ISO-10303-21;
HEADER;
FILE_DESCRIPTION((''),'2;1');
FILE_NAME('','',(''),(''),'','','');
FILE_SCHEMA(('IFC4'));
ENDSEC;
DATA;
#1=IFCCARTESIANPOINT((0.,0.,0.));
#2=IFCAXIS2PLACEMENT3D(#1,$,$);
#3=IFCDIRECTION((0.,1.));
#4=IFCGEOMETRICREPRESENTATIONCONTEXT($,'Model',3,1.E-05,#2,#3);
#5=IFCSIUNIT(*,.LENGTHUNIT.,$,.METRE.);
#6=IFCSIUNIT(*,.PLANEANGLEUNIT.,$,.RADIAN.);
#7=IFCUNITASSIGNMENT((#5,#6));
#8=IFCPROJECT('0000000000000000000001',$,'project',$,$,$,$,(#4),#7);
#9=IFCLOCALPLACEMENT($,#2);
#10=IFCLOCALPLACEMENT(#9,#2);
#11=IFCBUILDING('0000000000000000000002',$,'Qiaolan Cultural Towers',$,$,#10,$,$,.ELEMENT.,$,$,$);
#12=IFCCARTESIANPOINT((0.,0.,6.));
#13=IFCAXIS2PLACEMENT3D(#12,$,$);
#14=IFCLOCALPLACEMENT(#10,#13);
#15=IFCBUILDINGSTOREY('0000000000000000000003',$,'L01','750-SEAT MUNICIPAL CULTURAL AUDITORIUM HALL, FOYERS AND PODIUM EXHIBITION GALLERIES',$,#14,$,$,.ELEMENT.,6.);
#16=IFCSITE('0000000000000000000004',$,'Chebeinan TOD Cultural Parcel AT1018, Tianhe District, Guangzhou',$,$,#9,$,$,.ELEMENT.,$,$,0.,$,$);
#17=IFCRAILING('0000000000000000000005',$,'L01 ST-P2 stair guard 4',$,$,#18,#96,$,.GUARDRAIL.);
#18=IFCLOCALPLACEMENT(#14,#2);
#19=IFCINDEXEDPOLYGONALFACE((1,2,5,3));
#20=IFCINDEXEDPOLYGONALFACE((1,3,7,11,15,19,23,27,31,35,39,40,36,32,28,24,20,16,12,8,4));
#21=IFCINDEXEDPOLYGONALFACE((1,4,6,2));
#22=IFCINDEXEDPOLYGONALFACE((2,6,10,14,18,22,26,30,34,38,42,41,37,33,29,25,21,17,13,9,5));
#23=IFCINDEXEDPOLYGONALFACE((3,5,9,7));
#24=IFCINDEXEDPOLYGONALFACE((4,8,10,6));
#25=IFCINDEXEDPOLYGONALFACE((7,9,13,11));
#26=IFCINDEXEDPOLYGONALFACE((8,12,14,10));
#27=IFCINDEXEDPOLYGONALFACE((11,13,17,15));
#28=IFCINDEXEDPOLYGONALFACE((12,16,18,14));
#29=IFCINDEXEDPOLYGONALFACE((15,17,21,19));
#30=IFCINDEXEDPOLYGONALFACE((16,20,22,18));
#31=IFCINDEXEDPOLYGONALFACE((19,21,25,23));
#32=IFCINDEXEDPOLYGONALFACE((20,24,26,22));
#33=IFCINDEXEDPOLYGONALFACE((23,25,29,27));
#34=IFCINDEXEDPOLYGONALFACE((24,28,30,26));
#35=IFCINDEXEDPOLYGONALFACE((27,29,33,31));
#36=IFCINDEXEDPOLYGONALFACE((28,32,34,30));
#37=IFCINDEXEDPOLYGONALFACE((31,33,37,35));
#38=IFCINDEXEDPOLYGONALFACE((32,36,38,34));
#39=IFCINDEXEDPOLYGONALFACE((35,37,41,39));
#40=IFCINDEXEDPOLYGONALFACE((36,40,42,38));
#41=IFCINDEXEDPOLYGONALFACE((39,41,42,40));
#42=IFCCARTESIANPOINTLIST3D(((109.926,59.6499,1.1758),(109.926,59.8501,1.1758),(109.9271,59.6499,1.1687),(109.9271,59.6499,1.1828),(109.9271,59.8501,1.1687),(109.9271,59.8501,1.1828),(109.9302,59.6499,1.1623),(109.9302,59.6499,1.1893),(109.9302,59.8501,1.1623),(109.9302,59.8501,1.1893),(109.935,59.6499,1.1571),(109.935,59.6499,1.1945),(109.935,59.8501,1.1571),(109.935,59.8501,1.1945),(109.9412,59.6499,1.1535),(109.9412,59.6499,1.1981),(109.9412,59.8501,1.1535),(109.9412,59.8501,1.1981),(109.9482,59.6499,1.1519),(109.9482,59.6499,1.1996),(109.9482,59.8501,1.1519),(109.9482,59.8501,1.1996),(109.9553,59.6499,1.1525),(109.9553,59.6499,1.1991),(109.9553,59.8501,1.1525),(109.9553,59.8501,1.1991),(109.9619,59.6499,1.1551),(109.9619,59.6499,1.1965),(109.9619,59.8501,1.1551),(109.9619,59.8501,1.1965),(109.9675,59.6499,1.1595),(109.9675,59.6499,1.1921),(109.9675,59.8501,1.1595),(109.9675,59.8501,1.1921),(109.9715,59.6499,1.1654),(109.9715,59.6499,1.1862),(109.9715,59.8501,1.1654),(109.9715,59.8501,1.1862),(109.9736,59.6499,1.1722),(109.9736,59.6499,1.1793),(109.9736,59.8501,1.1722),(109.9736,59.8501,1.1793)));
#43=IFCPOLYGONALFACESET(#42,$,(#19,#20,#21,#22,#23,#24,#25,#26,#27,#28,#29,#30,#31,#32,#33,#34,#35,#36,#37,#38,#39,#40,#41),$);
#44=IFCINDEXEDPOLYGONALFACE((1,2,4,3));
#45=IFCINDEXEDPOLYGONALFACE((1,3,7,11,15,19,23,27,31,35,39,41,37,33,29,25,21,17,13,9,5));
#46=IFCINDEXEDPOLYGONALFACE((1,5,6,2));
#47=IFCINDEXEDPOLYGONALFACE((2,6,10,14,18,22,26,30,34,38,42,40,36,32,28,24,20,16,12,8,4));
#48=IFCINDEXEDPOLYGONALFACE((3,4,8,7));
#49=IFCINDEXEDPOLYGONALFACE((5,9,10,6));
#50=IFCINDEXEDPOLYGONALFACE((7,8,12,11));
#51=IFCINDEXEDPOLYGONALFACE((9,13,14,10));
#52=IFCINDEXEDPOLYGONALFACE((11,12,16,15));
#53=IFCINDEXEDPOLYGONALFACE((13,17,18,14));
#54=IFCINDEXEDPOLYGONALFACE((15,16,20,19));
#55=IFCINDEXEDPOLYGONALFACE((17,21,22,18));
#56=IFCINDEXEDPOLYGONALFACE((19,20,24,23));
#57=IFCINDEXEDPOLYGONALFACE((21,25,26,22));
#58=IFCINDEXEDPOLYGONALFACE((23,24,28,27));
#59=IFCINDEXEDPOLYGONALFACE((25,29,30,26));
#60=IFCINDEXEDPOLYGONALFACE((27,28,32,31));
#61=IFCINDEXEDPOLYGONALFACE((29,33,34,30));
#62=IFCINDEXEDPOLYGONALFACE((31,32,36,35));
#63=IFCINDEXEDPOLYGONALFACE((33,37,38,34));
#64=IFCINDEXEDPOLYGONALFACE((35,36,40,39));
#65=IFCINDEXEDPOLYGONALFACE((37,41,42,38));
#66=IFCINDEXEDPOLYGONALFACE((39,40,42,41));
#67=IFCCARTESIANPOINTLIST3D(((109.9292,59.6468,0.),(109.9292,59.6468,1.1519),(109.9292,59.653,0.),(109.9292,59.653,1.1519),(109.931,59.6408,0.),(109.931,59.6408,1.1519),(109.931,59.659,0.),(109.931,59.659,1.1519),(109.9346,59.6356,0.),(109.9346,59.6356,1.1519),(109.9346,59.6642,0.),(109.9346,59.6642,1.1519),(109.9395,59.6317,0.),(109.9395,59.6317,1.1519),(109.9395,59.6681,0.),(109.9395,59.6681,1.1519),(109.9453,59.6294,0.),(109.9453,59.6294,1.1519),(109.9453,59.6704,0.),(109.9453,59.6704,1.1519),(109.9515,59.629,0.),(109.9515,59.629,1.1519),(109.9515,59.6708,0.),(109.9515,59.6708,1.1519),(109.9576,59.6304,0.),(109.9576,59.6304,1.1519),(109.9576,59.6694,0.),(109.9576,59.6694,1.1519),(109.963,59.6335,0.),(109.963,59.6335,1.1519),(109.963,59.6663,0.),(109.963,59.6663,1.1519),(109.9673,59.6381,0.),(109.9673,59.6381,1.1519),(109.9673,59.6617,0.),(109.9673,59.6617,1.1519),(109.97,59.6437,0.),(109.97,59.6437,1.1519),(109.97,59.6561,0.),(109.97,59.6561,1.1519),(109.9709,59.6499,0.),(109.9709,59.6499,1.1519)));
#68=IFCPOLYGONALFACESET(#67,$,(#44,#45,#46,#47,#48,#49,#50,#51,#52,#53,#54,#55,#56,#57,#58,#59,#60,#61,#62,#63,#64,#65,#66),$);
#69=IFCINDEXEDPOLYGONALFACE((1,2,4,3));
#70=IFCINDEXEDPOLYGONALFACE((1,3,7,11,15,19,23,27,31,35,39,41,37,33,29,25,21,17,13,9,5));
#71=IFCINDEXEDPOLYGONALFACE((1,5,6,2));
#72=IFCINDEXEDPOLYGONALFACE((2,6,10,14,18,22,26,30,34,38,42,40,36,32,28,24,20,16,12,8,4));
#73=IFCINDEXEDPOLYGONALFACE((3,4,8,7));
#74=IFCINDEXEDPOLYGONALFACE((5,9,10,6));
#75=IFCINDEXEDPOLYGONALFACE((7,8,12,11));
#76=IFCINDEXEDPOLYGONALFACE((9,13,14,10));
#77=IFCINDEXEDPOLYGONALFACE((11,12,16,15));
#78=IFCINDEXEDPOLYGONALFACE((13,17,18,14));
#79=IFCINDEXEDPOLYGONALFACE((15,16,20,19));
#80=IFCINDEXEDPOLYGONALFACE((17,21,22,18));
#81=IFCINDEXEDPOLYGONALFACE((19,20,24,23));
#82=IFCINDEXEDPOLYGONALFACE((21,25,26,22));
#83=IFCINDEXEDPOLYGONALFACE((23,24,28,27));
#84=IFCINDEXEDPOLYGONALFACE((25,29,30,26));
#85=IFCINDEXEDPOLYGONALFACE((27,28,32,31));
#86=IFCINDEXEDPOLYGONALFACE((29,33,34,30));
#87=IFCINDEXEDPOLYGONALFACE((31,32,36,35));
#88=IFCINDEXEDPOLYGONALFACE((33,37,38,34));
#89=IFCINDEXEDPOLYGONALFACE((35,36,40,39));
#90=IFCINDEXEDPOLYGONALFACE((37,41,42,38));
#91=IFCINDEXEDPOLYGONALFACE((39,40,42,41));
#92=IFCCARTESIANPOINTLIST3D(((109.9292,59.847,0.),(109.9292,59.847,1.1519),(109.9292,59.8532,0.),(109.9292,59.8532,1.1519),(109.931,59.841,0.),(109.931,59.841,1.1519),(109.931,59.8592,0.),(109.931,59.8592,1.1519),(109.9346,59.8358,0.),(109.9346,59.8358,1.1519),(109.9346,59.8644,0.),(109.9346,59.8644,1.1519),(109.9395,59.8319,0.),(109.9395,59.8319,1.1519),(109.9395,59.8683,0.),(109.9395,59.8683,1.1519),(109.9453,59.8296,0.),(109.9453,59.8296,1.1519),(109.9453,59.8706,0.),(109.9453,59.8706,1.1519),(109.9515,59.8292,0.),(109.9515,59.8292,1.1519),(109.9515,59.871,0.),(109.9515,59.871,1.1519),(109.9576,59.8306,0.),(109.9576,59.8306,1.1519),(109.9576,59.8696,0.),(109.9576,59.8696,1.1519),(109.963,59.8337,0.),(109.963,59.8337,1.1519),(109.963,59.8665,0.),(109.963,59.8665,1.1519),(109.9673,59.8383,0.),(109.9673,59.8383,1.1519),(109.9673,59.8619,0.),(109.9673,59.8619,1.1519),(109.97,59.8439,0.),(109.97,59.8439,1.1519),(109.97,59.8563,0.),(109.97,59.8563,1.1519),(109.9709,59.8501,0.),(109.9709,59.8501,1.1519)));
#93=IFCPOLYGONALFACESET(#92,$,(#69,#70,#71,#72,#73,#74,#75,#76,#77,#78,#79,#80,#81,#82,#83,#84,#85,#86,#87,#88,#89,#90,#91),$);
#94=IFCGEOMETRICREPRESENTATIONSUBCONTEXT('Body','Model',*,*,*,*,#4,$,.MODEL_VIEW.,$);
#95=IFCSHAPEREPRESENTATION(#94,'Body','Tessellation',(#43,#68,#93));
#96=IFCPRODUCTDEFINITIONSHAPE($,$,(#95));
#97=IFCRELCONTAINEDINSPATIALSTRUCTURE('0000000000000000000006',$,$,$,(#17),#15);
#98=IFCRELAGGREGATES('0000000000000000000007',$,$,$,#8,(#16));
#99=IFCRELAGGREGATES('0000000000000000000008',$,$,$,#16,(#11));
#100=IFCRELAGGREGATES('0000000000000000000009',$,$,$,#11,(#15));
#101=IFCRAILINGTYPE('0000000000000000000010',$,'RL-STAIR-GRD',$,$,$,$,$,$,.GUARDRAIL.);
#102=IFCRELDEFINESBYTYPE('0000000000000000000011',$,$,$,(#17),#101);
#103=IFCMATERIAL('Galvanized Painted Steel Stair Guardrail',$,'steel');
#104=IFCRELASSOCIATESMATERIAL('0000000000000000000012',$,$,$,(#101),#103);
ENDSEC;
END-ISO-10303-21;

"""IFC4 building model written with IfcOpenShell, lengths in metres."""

from ifc_helpers import new_model, si_unit, direction, frame, origin, origin_2d, place, context, subcontext, project, spatial, circle, extrude, material, type_object, element, save


model = new_model("IFC4")

# Units and contexts
model_context = context("Model", 3, precision=1e-05, world=origin(), true_north=direction((0.0, 1.0)))
body_context = subcontext(model_context, "Body", "Model", "MODEL_VIEW")
ifc_project = project(units=[si_unit("LENGTHUNIT", "METRE"), si_unit("PLANEANGLEUNIT", "RADIAN")], contexts=[model_context])

# Site, building, storey
site_placement = place(None, origin())
site = spatial("IfcSite", under=ifc_project, at=site_placement, Name="Chebeinan TOD Cultural Parcel AT1018, Tianhe District, Guangzhou", CompositionType="ELEMENT", RefElevation=0.0)
building_placement = place(site_placement, origin())
building = spatial("IfcBuilding", under=site, at=building_placement, Name="Qiaolan Cultural Towers", CompositionType="ELEMENT")
storey_placement = place(building_placement, frame((0.0, 0.0, 6.0)))
storey = spatial("IfcBuildingStorey", under=building, at=storey_placement, Name="L01", Description="750-SEAT MUNICIPAL CULTURAL AUDITORIUM HALL, FOYERS AND PODIUM EXHIBITION GALLERIES", CompositionType="ELEMENT", Elevation=6.0)

# Railing
ifc_material_1 = material(Name="Galvanized Painted Steel Stair Guardrail", Category="steel")
railing_type_1 = type_object("IfcRailingType", Name="RL-STAIR-GRD", PredefinedType="GUARDRAIL", material=ifc_material_1)
railing_1_placement = place(storey_placement, frame((109.95, 59.6499, 0.0)))
element("IfcRailing", 1, at=railing_1_placement, inside=storey, type_object=railing_type_1, Name="L01 ST-P2 stair guard 4", PredefinedType="GUARDRAIL", context=body_context, shape_type="SweptSolid", body=[
    extrude(circle(Radius=0.0239, at=origin_2d()), frame((0.0, 0.0, 1.1758), z_axis=(0.0, 1.0, 0.0), x_axis=(-1.0, 0.0, 0.0)), (0.0, 0.0, 1.0), 0.2002),
    extrude(circle(Radius=0.021, at=origin_2d()), origin(), (0.0, 0.0, 1.0), 1.1519),
    extrude(circle(Radius=0.021, at=origin_2d()), frame((0.0, 0.2002, 0.0)), (0.0, 0.0, 1.0), 1.1519),
])

save(model, "model.ifc")
